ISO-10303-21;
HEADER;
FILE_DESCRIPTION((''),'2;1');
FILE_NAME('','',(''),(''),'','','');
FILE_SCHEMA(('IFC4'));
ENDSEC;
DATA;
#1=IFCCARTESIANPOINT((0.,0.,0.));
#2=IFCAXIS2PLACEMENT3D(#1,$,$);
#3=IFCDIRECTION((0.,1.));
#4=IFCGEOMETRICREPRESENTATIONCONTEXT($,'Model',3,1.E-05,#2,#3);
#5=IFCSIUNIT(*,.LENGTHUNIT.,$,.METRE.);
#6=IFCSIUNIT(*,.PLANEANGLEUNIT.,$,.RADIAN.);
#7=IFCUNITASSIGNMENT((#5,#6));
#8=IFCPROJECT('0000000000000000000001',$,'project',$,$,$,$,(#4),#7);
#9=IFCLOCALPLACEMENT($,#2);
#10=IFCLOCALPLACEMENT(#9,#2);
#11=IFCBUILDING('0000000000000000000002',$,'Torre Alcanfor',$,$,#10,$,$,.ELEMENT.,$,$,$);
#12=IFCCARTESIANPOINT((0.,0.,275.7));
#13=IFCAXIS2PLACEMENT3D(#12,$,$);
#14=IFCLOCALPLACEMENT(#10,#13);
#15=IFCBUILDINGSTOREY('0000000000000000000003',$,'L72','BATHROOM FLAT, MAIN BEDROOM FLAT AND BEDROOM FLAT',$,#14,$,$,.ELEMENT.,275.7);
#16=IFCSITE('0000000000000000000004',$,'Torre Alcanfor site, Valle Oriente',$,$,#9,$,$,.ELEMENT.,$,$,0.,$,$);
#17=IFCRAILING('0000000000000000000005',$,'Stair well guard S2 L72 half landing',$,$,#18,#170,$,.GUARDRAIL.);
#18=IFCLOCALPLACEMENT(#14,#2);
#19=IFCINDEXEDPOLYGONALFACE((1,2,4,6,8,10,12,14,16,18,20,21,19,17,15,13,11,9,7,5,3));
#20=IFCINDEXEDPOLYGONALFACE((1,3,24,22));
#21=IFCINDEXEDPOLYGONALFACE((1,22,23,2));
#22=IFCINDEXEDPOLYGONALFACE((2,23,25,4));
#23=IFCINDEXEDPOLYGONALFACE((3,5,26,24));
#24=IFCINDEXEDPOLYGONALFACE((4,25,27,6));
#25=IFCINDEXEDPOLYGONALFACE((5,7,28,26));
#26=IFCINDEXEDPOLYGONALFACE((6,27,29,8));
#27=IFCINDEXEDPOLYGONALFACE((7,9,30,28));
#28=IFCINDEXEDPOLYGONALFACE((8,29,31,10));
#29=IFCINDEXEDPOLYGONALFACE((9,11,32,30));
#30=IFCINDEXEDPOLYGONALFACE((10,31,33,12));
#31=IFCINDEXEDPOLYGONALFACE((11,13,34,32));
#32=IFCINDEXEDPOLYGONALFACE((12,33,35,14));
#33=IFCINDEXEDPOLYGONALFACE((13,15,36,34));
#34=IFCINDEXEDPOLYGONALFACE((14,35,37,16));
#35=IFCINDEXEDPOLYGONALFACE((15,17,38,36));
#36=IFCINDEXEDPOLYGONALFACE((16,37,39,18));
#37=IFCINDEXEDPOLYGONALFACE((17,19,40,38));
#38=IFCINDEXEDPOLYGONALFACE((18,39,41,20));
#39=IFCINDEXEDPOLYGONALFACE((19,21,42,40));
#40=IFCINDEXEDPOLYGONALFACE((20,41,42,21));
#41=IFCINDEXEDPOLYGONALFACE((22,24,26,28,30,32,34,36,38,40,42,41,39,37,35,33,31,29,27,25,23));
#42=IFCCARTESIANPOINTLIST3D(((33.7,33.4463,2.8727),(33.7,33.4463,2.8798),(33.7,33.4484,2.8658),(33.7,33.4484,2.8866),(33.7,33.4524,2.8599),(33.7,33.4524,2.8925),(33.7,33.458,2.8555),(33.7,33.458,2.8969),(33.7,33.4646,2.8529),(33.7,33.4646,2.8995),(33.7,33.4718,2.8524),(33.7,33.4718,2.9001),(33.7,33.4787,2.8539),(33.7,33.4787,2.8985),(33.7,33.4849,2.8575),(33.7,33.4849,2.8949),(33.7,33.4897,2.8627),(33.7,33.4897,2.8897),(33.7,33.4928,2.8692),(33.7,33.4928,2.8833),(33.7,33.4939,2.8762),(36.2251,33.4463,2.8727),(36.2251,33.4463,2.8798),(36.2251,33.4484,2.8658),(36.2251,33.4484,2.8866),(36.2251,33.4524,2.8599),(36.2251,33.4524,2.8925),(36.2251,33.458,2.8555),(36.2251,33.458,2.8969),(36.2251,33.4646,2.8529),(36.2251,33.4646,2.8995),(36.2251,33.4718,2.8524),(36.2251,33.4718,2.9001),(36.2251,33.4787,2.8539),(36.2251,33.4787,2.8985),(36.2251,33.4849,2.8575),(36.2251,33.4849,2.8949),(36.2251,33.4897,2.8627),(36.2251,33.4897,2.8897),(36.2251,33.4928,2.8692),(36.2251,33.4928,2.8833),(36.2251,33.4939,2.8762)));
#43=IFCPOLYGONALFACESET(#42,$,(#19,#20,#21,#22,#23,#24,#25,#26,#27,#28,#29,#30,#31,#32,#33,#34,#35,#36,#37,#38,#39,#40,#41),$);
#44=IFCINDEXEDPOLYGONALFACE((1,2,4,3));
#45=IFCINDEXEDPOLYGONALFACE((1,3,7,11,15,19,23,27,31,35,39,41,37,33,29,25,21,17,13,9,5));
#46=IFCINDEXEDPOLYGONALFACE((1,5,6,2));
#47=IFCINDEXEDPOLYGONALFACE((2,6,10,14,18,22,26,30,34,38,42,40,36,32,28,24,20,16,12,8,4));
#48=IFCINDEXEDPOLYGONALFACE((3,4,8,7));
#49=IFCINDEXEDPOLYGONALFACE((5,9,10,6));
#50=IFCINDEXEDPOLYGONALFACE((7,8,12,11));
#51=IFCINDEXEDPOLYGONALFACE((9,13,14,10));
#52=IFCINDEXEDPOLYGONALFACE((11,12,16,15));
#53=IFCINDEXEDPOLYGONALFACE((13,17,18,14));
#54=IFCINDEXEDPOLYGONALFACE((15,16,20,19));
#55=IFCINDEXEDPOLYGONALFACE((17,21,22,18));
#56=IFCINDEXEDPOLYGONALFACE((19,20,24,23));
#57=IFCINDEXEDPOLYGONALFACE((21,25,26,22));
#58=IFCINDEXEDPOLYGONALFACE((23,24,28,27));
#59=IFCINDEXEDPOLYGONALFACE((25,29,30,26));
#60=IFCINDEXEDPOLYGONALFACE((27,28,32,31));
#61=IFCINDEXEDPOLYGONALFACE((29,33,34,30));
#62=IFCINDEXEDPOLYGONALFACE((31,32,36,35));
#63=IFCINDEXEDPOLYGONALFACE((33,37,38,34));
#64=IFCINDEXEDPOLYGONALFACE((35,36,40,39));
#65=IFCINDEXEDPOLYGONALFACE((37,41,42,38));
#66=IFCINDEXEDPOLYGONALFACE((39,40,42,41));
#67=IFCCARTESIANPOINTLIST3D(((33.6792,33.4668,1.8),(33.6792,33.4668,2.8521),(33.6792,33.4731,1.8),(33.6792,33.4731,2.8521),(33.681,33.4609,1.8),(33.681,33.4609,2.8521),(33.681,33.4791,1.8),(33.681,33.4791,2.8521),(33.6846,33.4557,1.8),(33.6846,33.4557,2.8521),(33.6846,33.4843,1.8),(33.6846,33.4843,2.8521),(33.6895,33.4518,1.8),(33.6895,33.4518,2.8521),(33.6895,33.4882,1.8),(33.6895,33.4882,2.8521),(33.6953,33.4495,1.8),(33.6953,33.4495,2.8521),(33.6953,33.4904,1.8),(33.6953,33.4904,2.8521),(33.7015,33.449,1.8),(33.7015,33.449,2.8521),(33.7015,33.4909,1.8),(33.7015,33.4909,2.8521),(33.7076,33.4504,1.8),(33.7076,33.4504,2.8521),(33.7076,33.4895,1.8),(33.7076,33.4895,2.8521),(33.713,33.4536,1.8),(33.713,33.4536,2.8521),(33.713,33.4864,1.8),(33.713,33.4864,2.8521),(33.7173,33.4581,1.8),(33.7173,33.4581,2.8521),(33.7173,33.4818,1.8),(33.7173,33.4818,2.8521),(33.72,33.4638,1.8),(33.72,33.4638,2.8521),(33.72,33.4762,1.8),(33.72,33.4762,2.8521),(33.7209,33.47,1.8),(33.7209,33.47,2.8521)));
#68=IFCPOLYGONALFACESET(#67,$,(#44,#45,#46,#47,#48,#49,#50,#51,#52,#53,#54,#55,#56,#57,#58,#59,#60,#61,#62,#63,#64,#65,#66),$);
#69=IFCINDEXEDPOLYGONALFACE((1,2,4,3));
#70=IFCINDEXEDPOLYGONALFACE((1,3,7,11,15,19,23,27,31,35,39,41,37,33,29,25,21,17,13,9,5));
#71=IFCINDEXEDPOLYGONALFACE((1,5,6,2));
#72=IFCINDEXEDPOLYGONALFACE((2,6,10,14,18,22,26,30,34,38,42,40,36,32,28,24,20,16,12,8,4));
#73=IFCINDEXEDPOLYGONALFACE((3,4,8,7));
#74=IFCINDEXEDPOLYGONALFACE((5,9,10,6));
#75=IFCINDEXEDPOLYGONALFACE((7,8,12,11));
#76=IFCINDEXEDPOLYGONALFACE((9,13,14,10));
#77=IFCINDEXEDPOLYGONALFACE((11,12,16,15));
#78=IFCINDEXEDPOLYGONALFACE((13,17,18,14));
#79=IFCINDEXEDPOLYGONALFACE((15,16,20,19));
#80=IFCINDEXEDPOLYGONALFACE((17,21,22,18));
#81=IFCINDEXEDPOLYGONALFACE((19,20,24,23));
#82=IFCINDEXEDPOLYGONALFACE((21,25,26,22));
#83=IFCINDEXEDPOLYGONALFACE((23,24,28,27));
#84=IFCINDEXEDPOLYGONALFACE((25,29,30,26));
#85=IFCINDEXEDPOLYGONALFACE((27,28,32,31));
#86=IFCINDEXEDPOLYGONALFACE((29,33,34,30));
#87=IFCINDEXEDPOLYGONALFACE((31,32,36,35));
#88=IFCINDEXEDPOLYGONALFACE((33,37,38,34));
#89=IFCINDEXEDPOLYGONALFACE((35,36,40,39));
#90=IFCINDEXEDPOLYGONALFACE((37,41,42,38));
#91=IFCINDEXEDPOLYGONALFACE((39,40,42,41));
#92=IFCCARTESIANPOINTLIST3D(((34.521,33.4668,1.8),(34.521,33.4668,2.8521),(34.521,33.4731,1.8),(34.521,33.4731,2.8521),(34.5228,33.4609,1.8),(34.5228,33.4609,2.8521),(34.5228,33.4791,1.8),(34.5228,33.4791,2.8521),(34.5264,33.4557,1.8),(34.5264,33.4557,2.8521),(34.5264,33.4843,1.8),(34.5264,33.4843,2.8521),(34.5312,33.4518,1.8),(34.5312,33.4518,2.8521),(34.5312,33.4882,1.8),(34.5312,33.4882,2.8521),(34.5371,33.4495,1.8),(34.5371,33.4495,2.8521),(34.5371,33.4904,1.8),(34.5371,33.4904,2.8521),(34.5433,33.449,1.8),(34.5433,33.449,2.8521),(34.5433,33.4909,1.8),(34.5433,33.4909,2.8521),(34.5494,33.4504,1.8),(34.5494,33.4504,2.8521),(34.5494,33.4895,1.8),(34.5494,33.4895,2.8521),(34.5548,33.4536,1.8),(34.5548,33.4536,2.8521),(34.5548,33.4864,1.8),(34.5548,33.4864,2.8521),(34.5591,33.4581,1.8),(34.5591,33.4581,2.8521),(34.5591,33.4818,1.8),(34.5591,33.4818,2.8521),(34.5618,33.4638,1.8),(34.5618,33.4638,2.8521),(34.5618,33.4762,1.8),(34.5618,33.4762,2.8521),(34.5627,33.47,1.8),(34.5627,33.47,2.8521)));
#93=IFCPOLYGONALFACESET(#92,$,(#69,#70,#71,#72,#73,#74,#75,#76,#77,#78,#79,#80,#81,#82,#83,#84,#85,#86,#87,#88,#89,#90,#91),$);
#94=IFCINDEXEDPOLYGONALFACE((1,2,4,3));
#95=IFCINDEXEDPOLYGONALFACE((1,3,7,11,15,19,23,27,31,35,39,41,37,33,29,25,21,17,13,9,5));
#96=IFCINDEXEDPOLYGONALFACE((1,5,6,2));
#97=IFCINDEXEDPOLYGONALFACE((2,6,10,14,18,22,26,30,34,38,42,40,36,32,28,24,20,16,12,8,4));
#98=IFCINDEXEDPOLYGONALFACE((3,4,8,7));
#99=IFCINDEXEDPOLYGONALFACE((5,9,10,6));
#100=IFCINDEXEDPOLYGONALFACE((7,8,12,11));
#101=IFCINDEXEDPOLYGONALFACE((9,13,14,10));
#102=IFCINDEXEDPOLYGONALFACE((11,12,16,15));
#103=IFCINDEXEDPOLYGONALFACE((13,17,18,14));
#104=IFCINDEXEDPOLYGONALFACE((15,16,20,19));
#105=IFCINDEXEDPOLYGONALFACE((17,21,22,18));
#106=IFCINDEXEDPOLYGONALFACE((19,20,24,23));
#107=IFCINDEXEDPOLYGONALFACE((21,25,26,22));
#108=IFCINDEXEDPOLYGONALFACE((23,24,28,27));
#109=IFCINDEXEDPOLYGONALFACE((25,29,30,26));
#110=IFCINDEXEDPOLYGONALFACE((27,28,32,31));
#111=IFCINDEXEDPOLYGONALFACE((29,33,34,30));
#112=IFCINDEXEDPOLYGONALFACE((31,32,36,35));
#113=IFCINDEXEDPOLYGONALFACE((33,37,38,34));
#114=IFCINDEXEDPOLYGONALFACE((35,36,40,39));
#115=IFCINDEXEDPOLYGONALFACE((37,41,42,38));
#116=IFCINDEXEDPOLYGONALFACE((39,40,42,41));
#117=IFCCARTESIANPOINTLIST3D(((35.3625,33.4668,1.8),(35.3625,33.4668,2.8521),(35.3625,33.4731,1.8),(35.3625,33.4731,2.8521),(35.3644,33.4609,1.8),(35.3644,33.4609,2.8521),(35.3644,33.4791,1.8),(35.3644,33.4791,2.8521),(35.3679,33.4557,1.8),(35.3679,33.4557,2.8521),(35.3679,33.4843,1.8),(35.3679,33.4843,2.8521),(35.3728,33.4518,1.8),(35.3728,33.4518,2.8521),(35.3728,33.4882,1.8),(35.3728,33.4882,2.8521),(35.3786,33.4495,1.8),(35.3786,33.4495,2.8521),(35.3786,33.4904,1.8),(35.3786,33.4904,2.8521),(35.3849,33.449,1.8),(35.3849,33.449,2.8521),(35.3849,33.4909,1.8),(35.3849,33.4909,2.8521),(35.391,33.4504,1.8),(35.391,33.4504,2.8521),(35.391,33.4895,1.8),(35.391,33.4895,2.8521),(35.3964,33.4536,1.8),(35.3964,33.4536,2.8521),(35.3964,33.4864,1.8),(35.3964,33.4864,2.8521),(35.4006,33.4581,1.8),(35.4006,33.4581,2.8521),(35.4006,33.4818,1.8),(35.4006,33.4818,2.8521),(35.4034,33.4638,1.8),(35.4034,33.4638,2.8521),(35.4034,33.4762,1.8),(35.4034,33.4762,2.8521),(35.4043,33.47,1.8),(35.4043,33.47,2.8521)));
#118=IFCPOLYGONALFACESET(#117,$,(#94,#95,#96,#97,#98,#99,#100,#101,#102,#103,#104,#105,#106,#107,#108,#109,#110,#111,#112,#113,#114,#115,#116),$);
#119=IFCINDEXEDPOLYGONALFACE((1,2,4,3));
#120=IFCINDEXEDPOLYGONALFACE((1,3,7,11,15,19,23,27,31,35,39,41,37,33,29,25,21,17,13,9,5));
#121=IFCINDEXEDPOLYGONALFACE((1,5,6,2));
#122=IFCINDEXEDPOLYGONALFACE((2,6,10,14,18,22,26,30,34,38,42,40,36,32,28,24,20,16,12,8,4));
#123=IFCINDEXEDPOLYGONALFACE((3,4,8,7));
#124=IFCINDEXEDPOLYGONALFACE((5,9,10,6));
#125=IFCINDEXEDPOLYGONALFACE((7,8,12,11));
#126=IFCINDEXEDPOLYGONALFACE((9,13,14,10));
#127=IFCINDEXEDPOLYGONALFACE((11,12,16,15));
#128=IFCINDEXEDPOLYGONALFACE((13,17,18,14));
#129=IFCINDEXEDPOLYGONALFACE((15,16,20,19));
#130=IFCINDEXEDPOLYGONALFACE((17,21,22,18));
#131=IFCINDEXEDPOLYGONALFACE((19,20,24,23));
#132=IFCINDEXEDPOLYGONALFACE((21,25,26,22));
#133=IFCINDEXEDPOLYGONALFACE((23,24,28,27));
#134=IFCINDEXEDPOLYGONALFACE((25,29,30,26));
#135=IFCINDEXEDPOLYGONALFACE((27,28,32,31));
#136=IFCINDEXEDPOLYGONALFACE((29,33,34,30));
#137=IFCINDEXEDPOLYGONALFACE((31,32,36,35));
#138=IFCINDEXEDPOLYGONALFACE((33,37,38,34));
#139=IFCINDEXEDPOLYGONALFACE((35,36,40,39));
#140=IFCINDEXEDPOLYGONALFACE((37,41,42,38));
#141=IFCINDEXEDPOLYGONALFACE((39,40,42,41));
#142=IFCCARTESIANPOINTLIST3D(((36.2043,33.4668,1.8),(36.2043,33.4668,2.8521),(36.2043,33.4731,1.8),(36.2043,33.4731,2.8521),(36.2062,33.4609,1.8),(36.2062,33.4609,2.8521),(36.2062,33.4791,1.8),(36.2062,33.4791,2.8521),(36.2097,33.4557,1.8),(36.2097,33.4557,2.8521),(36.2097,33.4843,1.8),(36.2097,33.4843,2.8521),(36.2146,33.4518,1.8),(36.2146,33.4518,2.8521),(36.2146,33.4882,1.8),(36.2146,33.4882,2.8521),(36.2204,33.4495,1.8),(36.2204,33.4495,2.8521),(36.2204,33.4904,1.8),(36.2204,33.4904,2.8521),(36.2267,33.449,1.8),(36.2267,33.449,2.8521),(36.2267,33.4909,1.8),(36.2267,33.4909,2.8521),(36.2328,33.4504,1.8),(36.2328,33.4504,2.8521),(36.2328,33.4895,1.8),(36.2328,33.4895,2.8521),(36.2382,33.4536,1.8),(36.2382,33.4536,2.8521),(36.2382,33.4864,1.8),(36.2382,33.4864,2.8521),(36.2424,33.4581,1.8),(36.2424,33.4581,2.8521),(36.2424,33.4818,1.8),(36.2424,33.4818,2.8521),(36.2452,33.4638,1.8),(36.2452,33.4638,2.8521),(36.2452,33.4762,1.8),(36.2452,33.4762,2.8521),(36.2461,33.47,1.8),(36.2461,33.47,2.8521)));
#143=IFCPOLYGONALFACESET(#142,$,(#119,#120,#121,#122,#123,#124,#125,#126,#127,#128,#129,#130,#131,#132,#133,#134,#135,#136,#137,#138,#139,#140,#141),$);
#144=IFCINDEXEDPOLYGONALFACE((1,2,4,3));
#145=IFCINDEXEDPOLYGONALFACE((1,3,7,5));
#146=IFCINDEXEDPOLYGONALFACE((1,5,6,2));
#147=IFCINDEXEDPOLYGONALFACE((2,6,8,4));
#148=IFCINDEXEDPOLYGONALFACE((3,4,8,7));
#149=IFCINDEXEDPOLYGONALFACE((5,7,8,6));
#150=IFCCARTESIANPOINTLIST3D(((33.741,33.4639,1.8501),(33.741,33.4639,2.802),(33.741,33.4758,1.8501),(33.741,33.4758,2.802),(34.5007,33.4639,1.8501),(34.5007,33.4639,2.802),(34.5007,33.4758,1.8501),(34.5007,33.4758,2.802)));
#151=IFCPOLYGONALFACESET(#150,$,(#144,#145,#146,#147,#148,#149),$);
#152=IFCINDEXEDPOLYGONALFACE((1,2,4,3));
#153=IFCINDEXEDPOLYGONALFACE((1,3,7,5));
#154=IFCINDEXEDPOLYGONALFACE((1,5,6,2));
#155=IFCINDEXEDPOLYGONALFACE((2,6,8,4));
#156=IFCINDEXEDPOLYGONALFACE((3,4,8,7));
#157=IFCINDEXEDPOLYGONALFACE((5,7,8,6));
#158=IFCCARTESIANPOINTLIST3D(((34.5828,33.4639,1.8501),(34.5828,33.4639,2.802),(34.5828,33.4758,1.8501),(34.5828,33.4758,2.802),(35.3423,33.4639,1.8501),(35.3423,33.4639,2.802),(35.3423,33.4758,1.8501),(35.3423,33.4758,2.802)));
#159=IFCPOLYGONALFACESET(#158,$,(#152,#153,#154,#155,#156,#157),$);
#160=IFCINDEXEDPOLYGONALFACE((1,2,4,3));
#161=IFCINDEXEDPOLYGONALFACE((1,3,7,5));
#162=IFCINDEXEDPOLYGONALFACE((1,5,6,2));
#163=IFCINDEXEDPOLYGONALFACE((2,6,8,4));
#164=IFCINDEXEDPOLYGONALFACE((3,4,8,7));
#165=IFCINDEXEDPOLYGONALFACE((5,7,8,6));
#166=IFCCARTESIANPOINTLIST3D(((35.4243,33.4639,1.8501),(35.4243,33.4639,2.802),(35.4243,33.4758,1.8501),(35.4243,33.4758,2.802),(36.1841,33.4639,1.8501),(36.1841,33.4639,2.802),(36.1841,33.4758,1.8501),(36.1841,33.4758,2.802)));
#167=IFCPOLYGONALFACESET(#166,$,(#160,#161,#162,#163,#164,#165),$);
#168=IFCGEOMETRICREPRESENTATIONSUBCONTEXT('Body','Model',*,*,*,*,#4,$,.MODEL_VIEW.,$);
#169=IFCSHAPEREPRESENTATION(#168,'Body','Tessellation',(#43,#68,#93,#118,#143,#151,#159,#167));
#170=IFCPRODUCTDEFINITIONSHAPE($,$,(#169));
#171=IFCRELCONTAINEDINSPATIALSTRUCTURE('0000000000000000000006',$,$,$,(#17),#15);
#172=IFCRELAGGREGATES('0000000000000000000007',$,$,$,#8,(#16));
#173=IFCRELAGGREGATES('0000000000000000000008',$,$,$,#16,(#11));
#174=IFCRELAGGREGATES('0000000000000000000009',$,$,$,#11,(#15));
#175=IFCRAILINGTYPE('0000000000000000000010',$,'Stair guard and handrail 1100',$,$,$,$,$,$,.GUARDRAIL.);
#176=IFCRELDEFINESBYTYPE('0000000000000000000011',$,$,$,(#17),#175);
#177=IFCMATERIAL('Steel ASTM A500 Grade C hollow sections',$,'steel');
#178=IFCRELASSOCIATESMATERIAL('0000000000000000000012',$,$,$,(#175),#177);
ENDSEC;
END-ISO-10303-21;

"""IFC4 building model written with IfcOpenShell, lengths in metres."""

from ifc_helpers import new_model, si_unit, direction, frame, origin, origin_2d, place, context, subcontext, project, spatial, polyline, circle, outline, extrude, material, type_object, element, save


model = new_model("IFC4")

# Units and contexts
model_context = context("Model", 3, precision=1e-05, world=origin(), true_north=direction((0.0, 1.0)))
body_context = subcontext(model_context, "Body", "Model", "MODEL_VIEW")
ifc_project = project(units=[si_unit("LENGTHUNIT", "METRE"), si_unit("PLANEANGLEUNIT", "RADIAN")], contexts=[model_context])

# Site, building, storey
site_placement = place(None, origin())
site = spatial("IfcSite", under=ifc_project, at=site_placement, Name="Torre Alcanfor site, Valle Oriente", CompositionType="ELEMENT", RefElevation=0.0)
building_placement = place(site_placement, origin())
building = spatial("IfcBuilding", under=site, at=building_placement, Name="Torre Alcanfor", CompositionType="ELEMENT")
storey_placement = place(building_placement, frame((0.0, 0.0, 275.7)))
storey = spatial("IfcBuildingStorey", under=building, at=storey_placement, Name="L72", Description="BATHROOM FLAT, MAIN BEDROOM FLAT AND BEDROOM FLAT", CompositionType="ELEMENT", Elevation=275.7)

# Railing
ifc_material_1 = material(Name="Steel ASTM A500 Grade C hollow sections", Category="steel")
railing_type_1 = type_object("IfcRailingType", Name="Stair guard and handrail 1100", PredefinedType="GUARDRAIL", material=ifc_material_1)
for number, where, name in (
    (1, (33.7, 33.47, 1.8), "Stair well guard S2 L72 half landing"),
):
    element("IfcRailing", number, at=place(storey_placement, frame(where)), inside=storey, type_object=railing_type_1, Name=name, PredefinedType="GUARDRAIL", context=body_context, shape_type="SweptSolid", body=[
        extrude(circle(Radius=0.0239, at=origin_2d()), frame((0.0, 0.0, 1.0762), z_axis=(1.0, 0.0, 0.0), x_axis=(0.0, 1.0, 0.0)), (0.0, 0.0, 1.0), 2.5251),
        extrude(circle(Radius=0.021, at=origin_2d()), origin(), (0.0, 0.0, 1.0), 1.052),
        extrude(circle(Radius=0.021, at=origin_2d()), frame((0.8418, 0.0, 0.0)), (0.0, 0.0, 1.0), 1.052),
        extrude(circle(Radius=0.021, at=origin_2d()), frame((1.6833, 0.0, 0.0)), (0.0, 0.0, 1.0), 1.052),
        extrude(circle(Radius=0.021, at=origin_2d()), frame((2.5251, 0.0, 0.0)), (0.0, 0.0, 1.0), 1.052),
        extrude(outline(polyline([(0.041, 0.05), (0.8008, 0.05), (0.8008, 1.002), (0.041, 1.002), (0.041, 0.05)])), frame((0.0, 0.0059, 0.0), z_axis=(0.0, -1.0, 0.0), x_axis=(1.0, 0.0, 0.0)), (0.0, 0.0, 1.0), 0.012),
        extrude(outline(polyline([(0.8828, 0.05), (1.6423, 0.05), (1.6423, 1.002), (0.8828, 1.002), (0.8828, 0.05)])), frame((0.0, 0.0059, 0.0), z_axis=(0.0, -1.0, 0.0), x_axis=(1.0, 0.0, 0.0)), (0.0, 0.0, 1.0), 0.012),
        extrude(outline(polyline([(1.7244, 0.05), (2.4841, 0.05), (2.4841, 1.002), (1.7244, 1.002), (1.7244, 0.05)])), frame((0.0, 0.0059, 0.0), z_axis=(0.0, -1.0, 0.0), x_axis=(1.0, 0.0, 0.0)), (0.0, 0.0, 1.0), 0.012),
    ])

save(model, "model.ifc")
